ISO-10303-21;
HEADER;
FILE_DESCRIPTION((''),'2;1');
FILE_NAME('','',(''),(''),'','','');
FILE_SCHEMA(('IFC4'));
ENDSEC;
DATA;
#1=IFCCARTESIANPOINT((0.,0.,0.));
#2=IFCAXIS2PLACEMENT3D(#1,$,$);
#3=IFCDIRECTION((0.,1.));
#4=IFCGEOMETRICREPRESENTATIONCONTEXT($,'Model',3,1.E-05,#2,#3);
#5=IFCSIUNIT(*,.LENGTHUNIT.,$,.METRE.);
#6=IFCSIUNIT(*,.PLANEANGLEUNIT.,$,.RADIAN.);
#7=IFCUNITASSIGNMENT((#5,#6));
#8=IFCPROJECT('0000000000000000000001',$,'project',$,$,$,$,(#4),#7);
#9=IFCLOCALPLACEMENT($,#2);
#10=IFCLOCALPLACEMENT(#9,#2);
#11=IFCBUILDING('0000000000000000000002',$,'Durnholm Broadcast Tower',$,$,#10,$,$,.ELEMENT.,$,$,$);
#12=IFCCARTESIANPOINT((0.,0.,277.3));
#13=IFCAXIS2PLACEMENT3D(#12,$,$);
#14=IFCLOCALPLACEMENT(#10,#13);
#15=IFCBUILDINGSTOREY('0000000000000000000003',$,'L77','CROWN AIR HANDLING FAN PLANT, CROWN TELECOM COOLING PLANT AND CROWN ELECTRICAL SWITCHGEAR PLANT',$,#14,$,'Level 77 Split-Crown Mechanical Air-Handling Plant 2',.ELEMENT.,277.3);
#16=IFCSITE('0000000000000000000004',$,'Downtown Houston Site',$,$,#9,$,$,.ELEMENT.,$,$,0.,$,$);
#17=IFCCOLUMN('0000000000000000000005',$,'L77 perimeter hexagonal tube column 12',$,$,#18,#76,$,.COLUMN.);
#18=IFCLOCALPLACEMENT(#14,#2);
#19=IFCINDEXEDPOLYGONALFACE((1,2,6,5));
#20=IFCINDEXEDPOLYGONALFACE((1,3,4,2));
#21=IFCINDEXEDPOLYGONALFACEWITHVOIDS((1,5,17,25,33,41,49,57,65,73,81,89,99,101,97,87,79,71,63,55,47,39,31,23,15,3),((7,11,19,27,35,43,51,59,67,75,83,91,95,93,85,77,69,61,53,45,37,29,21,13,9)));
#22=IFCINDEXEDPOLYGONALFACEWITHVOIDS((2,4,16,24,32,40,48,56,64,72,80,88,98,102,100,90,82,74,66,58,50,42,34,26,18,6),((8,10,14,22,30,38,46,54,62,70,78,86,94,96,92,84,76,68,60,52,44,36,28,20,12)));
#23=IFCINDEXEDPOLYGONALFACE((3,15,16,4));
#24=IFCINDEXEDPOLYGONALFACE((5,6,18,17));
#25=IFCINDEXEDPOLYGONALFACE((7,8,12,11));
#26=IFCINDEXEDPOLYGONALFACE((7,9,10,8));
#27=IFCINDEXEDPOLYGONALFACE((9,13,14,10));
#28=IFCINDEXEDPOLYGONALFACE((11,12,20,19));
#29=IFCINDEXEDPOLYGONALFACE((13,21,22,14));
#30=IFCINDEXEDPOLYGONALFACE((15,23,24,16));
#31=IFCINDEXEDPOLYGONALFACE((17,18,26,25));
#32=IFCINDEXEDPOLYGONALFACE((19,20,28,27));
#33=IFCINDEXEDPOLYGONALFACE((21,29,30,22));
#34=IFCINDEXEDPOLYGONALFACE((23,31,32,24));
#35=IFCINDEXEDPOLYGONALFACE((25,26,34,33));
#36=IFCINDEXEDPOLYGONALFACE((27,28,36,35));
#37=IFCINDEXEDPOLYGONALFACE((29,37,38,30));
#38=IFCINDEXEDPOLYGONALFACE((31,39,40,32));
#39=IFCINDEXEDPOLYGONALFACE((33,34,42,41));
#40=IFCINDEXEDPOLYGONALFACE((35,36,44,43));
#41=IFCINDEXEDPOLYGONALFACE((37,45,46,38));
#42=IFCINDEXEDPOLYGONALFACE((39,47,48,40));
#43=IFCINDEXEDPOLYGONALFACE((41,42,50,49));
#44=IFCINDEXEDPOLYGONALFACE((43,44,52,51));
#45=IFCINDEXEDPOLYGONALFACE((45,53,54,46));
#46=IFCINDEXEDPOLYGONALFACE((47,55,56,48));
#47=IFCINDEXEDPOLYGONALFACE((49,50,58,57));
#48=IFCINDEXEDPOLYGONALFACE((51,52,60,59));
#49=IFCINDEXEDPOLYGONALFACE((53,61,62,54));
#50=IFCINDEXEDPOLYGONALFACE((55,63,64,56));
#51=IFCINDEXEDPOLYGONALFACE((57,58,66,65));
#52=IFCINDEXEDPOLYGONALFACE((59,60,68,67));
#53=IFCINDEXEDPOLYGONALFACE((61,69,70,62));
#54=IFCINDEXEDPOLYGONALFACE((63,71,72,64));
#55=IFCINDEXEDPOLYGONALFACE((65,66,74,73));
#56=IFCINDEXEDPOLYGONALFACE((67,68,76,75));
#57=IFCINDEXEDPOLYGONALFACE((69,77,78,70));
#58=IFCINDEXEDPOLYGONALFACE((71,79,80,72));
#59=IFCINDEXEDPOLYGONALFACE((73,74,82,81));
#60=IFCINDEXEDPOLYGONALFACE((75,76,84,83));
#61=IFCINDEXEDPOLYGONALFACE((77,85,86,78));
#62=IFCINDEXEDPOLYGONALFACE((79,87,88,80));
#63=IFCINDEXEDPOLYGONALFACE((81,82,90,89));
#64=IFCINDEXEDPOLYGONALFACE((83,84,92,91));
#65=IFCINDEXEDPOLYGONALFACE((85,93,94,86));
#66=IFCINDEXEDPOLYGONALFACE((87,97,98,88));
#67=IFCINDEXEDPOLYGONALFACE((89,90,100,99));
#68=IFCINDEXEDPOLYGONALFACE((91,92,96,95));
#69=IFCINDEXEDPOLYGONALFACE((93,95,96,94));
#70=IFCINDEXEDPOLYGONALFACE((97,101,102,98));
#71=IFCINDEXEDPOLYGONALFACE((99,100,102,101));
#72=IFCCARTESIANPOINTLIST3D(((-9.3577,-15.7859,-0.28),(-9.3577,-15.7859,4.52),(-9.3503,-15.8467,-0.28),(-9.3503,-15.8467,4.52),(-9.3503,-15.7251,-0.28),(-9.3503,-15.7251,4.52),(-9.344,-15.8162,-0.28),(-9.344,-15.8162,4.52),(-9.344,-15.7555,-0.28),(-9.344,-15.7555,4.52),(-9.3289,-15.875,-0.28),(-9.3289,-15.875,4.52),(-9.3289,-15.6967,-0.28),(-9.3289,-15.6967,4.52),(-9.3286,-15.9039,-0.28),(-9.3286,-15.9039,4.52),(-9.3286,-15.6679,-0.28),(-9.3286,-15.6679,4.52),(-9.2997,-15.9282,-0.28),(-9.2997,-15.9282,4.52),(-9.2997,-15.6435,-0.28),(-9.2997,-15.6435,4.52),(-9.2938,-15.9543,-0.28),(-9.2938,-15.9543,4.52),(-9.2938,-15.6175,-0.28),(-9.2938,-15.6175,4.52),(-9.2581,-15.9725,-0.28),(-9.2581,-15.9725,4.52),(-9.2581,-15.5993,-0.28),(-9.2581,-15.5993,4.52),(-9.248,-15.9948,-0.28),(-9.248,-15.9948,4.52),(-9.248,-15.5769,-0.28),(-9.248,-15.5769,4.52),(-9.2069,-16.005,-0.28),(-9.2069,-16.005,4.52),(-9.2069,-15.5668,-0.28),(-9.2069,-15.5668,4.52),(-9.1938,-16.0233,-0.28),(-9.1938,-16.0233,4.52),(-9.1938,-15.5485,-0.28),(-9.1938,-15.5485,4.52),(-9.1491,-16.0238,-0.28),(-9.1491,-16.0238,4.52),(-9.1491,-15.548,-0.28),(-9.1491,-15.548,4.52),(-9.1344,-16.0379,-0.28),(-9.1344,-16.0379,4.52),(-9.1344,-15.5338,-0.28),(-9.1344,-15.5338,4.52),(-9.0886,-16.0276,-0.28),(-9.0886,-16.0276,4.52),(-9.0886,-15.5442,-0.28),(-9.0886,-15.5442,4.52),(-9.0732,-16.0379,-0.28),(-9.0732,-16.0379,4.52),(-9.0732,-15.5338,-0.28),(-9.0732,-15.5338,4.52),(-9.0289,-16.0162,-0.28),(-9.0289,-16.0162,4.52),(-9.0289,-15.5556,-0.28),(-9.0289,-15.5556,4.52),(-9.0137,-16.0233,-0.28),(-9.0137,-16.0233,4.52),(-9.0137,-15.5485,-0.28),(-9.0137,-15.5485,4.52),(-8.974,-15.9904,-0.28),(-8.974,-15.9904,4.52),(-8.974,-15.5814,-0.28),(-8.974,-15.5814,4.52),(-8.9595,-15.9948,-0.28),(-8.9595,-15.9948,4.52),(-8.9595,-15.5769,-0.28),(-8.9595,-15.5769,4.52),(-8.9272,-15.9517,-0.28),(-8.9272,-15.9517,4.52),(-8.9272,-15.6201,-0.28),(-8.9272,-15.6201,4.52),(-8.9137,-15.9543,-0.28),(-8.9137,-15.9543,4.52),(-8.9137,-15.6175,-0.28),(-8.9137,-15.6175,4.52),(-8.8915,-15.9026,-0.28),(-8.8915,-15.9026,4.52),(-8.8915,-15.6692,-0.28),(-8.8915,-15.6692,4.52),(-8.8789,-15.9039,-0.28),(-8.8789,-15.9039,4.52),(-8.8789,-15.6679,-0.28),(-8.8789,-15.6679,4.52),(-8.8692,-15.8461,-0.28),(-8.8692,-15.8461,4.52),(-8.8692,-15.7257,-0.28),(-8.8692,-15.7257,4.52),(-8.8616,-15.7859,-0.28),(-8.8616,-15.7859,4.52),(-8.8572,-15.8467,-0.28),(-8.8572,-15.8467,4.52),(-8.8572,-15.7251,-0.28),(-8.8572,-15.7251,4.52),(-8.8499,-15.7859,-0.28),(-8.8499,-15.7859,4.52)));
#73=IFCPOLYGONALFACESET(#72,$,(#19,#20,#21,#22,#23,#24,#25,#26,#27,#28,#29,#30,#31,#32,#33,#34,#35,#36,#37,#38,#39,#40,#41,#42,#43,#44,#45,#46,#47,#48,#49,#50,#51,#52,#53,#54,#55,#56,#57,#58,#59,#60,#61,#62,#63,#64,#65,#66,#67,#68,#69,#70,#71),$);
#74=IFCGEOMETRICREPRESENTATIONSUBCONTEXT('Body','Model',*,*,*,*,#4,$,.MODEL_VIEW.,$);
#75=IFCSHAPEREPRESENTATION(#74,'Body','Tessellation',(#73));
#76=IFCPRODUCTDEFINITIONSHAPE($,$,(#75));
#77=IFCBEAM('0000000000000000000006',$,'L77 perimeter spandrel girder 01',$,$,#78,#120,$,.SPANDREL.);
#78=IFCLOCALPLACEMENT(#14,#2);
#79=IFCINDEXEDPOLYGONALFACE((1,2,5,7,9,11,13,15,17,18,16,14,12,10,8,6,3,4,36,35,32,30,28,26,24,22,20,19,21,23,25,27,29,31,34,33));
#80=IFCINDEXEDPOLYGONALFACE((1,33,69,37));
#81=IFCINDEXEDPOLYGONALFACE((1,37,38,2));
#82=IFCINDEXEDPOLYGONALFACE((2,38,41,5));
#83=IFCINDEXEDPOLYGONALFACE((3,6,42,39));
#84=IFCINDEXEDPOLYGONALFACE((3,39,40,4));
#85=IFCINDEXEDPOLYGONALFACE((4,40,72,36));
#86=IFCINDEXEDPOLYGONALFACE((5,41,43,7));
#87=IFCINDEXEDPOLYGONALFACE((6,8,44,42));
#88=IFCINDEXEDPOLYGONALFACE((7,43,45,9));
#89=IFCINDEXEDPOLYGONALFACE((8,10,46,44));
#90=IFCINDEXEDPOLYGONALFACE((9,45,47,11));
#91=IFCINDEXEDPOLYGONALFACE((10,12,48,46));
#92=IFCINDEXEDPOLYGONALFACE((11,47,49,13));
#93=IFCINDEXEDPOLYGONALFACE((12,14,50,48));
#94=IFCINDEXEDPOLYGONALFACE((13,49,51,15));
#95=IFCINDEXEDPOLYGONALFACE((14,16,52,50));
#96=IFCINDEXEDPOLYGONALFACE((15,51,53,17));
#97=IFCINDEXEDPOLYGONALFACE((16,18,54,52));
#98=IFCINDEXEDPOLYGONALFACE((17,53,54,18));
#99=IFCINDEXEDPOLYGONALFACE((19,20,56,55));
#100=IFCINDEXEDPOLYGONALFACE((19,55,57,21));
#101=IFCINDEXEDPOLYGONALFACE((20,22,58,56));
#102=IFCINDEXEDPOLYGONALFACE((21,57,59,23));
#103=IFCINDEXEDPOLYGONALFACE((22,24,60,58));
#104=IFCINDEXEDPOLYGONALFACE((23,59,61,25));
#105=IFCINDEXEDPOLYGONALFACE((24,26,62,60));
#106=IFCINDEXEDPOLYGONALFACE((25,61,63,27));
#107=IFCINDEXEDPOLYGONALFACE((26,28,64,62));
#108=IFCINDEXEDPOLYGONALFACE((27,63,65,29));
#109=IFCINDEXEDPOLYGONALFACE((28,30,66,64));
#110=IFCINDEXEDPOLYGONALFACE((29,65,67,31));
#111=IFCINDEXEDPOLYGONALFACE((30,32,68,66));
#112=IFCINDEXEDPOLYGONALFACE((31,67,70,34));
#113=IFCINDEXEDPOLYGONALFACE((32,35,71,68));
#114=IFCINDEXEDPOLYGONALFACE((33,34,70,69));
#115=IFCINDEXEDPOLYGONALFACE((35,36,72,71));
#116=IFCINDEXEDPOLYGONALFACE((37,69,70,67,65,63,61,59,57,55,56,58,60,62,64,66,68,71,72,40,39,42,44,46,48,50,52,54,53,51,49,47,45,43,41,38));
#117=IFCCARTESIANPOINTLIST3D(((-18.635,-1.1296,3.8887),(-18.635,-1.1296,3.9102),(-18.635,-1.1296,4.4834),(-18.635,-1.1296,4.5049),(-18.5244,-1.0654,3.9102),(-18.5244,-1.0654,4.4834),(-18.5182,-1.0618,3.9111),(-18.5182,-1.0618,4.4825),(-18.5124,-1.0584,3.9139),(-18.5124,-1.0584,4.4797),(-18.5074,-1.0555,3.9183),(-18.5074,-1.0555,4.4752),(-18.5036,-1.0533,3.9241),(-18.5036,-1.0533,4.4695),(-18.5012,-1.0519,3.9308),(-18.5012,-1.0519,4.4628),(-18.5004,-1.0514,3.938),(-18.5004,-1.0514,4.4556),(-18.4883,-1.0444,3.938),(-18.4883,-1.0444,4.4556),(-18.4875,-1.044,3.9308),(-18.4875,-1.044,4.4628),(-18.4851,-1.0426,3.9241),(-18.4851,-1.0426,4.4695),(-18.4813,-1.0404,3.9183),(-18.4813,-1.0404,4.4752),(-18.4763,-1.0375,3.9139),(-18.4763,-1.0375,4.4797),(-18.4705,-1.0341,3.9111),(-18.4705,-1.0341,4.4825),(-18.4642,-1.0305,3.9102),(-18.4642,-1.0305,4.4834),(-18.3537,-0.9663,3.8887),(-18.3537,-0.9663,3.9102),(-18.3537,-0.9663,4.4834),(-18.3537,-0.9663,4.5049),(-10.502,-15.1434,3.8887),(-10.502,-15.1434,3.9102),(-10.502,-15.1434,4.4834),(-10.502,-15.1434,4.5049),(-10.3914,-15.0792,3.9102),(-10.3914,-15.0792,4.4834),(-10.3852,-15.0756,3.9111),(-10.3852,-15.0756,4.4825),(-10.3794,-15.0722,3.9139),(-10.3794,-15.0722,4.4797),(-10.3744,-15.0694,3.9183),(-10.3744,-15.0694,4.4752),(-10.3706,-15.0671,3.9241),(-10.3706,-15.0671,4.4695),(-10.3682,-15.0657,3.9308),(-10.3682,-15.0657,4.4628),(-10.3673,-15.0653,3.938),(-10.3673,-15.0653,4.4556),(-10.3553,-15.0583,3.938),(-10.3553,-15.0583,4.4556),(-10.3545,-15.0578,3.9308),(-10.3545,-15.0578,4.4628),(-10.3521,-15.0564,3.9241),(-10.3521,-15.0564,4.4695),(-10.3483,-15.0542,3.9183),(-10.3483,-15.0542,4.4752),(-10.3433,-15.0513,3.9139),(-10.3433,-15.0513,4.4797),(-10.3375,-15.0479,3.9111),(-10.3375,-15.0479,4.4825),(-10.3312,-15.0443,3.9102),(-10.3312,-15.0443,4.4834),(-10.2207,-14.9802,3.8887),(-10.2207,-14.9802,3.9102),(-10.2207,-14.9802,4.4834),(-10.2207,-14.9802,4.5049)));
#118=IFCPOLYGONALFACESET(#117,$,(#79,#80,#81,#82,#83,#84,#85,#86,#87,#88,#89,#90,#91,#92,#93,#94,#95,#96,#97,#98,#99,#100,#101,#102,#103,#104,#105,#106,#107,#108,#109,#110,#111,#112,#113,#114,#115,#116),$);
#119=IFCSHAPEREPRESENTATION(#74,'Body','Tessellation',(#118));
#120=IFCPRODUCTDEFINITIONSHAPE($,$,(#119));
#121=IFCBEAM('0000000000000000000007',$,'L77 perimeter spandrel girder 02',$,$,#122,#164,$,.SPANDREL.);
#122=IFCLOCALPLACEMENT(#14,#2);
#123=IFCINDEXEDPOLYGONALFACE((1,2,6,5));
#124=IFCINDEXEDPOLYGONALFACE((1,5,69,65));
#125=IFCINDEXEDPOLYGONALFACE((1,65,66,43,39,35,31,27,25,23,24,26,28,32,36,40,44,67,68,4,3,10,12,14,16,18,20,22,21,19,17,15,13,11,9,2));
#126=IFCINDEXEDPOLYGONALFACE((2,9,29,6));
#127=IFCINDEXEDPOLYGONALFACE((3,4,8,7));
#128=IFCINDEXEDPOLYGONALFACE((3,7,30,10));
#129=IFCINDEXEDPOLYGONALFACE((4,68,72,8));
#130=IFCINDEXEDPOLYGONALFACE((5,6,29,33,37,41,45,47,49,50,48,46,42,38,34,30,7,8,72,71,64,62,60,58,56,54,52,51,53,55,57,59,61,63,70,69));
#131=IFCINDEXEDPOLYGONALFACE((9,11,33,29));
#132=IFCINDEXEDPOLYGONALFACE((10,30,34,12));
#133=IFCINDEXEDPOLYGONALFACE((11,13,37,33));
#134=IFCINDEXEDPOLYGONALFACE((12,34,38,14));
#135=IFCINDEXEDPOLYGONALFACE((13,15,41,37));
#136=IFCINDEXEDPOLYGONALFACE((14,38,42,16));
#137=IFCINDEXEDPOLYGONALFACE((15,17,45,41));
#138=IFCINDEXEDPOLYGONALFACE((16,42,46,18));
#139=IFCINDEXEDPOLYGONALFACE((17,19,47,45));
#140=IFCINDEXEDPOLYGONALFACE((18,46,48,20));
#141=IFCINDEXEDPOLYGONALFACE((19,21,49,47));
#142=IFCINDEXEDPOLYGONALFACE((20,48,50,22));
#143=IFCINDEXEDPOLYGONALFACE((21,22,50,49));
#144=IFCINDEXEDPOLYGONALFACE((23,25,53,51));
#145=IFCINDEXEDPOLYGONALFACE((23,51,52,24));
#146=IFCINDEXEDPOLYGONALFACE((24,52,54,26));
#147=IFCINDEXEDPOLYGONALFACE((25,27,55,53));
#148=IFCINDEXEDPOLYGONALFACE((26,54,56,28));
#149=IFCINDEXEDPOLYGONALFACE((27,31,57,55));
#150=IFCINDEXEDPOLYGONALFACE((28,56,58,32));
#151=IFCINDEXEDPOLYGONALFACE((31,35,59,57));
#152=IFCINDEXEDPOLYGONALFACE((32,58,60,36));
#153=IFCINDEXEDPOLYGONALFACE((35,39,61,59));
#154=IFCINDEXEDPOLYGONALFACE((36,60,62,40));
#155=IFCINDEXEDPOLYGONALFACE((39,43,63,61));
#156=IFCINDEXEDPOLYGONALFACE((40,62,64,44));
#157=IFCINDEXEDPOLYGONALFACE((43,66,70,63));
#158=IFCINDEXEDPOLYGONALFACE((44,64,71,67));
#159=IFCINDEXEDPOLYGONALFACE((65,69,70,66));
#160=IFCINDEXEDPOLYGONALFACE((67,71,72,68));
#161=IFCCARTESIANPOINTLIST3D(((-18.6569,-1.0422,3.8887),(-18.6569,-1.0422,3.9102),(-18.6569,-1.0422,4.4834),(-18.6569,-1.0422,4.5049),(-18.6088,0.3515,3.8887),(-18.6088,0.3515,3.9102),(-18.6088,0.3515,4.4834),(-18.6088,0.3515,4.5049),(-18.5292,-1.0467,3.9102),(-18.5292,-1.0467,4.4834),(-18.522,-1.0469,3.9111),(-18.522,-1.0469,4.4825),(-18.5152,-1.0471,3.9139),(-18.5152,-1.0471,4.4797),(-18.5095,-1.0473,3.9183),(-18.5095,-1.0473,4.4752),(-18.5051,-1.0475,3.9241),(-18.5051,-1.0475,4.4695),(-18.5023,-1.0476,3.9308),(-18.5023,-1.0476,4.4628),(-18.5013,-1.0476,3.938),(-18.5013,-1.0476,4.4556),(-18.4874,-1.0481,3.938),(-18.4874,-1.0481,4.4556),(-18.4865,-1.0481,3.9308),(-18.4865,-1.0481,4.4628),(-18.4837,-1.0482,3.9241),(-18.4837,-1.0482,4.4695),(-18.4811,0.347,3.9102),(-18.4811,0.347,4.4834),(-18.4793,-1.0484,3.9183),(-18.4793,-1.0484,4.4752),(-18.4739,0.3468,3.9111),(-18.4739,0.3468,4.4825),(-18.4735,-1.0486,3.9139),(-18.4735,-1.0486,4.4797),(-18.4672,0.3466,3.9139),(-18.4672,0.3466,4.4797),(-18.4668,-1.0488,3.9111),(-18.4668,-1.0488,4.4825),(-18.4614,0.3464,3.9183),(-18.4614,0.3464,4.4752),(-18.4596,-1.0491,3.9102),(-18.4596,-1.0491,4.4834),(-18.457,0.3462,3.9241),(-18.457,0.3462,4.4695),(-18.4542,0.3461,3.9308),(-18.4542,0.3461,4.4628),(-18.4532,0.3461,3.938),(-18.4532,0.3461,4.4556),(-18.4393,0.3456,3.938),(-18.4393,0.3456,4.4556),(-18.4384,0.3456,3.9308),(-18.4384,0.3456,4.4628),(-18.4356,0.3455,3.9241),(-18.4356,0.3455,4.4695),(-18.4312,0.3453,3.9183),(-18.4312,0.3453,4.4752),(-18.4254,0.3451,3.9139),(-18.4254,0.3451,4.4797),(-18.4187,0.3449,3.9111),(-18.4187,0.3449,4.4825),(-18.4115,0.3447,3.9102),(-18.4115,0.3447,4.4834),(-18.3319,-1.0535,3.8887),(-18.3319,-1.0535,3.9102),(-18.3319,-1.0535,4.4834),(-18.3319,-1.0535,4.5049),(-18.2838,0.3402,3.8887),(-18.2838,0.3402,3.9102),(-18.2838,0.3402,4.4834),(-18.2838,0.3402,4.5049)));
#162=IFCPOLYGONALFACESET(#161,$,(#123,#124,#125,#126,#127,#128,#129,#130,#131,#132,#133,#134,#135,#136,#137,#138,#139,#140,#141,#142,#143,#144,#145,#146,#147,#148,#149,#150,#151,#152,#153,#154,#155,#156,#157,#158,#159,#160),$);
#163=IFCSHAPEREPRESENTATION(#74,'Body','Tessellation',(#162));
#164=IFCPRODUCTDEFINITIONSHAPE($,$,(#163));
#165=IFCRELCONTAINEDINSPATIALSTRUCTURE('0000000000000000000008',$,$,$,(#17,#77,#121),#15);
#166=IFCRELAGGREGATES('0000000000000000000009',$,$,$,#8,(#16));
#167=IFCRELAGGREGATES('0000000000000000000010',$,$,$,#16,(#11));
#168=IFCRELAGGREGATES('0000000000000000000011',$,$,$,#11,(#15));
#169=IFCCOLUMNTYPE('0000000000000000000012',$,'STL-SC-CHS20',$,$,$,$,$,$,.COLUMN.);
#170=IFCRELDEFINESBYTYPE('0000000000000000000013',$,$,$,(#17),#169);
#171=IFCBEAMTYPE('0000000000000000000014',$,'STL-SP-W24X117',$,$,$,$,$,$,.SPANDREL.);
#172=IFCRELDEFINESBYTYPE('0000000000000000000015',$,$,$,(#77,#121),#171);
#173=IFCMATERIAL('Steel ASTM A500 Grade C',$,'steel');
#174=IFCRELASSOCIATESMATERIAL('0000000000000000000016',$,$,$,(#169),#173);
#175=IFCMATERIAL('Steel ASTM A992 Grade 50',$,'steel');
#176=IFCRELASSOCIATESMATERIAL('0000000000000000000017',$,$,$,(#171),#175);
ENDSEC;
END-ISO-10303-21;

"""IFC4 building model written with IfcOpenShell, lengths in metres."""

from ifc_helpers import new_model, si_unit, direction, frame, origin, origin_2d, place, context, subcontext, project, spatial, hollow_circle, i_section, extrude, source, transform, mapped, material, material_profile, profile_set, type_object, type_shapes, element, save


model = new_model("IFC4")

# Units and contexts
model_context = context("Model", 3, precision=1e-05, world=origin(), true_north=direction((0.0, 1.0)))
body_context = subcontext(model_context, "Body", "Model", "MODEL_VIEW")
ifc_project = project(units=[si_unit("LENGTHUNIT", "METRE"), si_unit("PLANEANGLEUNIT", "RADIAN")], contexts=[model_context])

# Site, building, storey
site_placement = place(None, origin())
site = spatial("IfcSite", under=ifc_project, at=site_placement, Name="Downtown Houston Site", CompositionType="ELEMENT", RefElevation=0.0)
building_placement = place(site_placement, origin())
building = spatial("IfcBuilding", under=site, at=building_placement, Name="Durnholm Broadcast Tower", CompositionType="ELEMENT")
storey_placement = place(building_placement, frame((0.0, 0.0, 277.3)))
storey = spatial("IfcBuildingStorey", under=building, at=storey_placement, Name="L77", Description="CROWN AIR HANDLING FAN PLANT, CROWN TELECOM COOLING PLANT AND CROWN ELECTRICAL SWITCHGEAR PLANT", LongName="Level 77 Split-Crown Mechanical Air-Handling Plant 2", CompositionType="ELEMENT", Elevation=277.3)

# Column
ifc_material_1 = material(Name="Steel ASTM A500 Grade C", Category="steel")
ifc_material_profile_1 = material_profile(ifc_material_1, hollow_circle(Radius=0.2539, WallThickness=0.0117, at=origin_2d()), Name="HSS20.000X0.500")
ifc_profile_set_1 = profile_set([ifc_material_profile_1], Name="Steel ASTM A500 Grade C")
column_type_1 = type_object("IfcColumnType", Name="STL-SC-CHS20", PredefinedType="COLUMN", material=ifc_profile_set_1)
shared_shape_1 = source(origin(), body_context, "Body", "SweptSolid", [
    extrude(hollow_circle(Radius=0.2539, WallThickness=0.0117, at=origin_2d()), origin(), (0.0, 0.0, 1.0), 4.8),
])
type_shapes(column_type_1, [shared_shape_1])
for number, where, z_axis, x_axis, name in (
    (1, (-9.1038, -15.7859, -0.28), (0.0, 0.0, 1.0), (1.0, 0.0, 0.0), "L77 perimeter hexagonal tube column 12"),
):
    element("IfcColumn", number, at=place(storey_placement, frame(where, z_axis=z_axis, x_axis=x_axis)), inside=storey, type_object=column_type_1, Name=name, PredefinedType="COLUMN", context=body_context, shape_type="MappedRepresentation", body=[
        mapped(shared_shape_1, transform((0.0, 0.0, 0.0), x_axis=(1.0, 0.0, 0.0), y_axis=(0.0, 1.0, 0.0), z_axis=(0.0, 0.0, 1.0), scale=1.0)),
    ])

# Beams
ifc_material_2 = material(Name="Steel ASTM A992 Grade 50", Category="steel")
ifc_material_profile_2 = material_profile(ifc_material_2, i_section(OverallWidth=0.3252, OverallDepth=0.6162, WebThickness=0.0139, FlangeThickness=0.0215, FilletRadius=0.0278, at=origin_2d()), Name="W24X117")
ifc_profile_set_2 = profile_set([ifc_material_profile_2], Name="Steel ASTM A992 Grade 50")
beam_type_1 = type_object("IfcBeamType", Name="STL-SP-W24X117", PredefinedType="SPANDREL", material=ifc_profile_set_2)
shared_shape_2 = source(origin(), body_context, "Body", "SweptSolid", [
    extrude(i_section(OverallWidth=0.3252, OverallDepth=0.6162, WebThickness=0.0139, FlangeThickness=0.0215, FilletRadius=0.0278, at=origin_2d()), origin(), (0.0, 0.0, 1.0), 16.2029),
])
beam_1_placement = place(storey_placement, frame((-10.3613, -15.0618, 4.1968), z_axis=(-0.501948, 0.864898, 0.0), x_axis=(-0.864898, -0.501948, 0.0)))
element("IfcBeam", 2, at=beam_1_placement, inside=storey, type_object=beam_type_1, Name="L77 perimeter spandrel girder 01", PredefinedType="SPANDREL", context=body_context, shape_type="MappedRepresentation", body=[
    mapped(shared_shape_2, transform((0.0, 0.0, 0.0), x_axis=(1.0, 0.0, 0.0), y_axis=(0.0, 1.0, 0.0), z_axis=(0.0, 0.0, 1.0), scale=1.0)),
])
shared_shape_3 = source(origin(), body_context, "Body", "SweptSolid", [
    extrude(i_section(OverallWidth=0.3252, OverallDepth=0.6162, WebThickness=0.0139, FlangeThickness=0.0215, FilletRadius=0.0278, at=origin_2d()), origin(), (0.0, 0.0, 1.0), 1.3945),
])
type_shapes(beam_type_1, [shared_shape_2, shared_shape_3])
beam_2_placement = place(storey_placement, frame((-18.4944, -1.0479, 4.1968), z_axis=(0.034486, 0.999405, 0.0), x_axis=(-0.999405, 0.034486, 0.0)))
element("IfcBeam", 3, at=beam_2_placement, inside=storey, type_object=beam_type_1, Name="L77 perimeter spandrel girder 02", PredefinedType="SPANDREL", context=body_context, shape_type="MappedRepresentation", body=[
    mapped(shared_shape_3, transform((0.0, 0.0, 0.0), x_axis=(1.0, 0.0, 0.0), y_axis=(0.0, 1.0, 0.0), z_axis=(0.0, 0.0, 1.0), scale=1.0)),
])

save(model, "model.ifc")
